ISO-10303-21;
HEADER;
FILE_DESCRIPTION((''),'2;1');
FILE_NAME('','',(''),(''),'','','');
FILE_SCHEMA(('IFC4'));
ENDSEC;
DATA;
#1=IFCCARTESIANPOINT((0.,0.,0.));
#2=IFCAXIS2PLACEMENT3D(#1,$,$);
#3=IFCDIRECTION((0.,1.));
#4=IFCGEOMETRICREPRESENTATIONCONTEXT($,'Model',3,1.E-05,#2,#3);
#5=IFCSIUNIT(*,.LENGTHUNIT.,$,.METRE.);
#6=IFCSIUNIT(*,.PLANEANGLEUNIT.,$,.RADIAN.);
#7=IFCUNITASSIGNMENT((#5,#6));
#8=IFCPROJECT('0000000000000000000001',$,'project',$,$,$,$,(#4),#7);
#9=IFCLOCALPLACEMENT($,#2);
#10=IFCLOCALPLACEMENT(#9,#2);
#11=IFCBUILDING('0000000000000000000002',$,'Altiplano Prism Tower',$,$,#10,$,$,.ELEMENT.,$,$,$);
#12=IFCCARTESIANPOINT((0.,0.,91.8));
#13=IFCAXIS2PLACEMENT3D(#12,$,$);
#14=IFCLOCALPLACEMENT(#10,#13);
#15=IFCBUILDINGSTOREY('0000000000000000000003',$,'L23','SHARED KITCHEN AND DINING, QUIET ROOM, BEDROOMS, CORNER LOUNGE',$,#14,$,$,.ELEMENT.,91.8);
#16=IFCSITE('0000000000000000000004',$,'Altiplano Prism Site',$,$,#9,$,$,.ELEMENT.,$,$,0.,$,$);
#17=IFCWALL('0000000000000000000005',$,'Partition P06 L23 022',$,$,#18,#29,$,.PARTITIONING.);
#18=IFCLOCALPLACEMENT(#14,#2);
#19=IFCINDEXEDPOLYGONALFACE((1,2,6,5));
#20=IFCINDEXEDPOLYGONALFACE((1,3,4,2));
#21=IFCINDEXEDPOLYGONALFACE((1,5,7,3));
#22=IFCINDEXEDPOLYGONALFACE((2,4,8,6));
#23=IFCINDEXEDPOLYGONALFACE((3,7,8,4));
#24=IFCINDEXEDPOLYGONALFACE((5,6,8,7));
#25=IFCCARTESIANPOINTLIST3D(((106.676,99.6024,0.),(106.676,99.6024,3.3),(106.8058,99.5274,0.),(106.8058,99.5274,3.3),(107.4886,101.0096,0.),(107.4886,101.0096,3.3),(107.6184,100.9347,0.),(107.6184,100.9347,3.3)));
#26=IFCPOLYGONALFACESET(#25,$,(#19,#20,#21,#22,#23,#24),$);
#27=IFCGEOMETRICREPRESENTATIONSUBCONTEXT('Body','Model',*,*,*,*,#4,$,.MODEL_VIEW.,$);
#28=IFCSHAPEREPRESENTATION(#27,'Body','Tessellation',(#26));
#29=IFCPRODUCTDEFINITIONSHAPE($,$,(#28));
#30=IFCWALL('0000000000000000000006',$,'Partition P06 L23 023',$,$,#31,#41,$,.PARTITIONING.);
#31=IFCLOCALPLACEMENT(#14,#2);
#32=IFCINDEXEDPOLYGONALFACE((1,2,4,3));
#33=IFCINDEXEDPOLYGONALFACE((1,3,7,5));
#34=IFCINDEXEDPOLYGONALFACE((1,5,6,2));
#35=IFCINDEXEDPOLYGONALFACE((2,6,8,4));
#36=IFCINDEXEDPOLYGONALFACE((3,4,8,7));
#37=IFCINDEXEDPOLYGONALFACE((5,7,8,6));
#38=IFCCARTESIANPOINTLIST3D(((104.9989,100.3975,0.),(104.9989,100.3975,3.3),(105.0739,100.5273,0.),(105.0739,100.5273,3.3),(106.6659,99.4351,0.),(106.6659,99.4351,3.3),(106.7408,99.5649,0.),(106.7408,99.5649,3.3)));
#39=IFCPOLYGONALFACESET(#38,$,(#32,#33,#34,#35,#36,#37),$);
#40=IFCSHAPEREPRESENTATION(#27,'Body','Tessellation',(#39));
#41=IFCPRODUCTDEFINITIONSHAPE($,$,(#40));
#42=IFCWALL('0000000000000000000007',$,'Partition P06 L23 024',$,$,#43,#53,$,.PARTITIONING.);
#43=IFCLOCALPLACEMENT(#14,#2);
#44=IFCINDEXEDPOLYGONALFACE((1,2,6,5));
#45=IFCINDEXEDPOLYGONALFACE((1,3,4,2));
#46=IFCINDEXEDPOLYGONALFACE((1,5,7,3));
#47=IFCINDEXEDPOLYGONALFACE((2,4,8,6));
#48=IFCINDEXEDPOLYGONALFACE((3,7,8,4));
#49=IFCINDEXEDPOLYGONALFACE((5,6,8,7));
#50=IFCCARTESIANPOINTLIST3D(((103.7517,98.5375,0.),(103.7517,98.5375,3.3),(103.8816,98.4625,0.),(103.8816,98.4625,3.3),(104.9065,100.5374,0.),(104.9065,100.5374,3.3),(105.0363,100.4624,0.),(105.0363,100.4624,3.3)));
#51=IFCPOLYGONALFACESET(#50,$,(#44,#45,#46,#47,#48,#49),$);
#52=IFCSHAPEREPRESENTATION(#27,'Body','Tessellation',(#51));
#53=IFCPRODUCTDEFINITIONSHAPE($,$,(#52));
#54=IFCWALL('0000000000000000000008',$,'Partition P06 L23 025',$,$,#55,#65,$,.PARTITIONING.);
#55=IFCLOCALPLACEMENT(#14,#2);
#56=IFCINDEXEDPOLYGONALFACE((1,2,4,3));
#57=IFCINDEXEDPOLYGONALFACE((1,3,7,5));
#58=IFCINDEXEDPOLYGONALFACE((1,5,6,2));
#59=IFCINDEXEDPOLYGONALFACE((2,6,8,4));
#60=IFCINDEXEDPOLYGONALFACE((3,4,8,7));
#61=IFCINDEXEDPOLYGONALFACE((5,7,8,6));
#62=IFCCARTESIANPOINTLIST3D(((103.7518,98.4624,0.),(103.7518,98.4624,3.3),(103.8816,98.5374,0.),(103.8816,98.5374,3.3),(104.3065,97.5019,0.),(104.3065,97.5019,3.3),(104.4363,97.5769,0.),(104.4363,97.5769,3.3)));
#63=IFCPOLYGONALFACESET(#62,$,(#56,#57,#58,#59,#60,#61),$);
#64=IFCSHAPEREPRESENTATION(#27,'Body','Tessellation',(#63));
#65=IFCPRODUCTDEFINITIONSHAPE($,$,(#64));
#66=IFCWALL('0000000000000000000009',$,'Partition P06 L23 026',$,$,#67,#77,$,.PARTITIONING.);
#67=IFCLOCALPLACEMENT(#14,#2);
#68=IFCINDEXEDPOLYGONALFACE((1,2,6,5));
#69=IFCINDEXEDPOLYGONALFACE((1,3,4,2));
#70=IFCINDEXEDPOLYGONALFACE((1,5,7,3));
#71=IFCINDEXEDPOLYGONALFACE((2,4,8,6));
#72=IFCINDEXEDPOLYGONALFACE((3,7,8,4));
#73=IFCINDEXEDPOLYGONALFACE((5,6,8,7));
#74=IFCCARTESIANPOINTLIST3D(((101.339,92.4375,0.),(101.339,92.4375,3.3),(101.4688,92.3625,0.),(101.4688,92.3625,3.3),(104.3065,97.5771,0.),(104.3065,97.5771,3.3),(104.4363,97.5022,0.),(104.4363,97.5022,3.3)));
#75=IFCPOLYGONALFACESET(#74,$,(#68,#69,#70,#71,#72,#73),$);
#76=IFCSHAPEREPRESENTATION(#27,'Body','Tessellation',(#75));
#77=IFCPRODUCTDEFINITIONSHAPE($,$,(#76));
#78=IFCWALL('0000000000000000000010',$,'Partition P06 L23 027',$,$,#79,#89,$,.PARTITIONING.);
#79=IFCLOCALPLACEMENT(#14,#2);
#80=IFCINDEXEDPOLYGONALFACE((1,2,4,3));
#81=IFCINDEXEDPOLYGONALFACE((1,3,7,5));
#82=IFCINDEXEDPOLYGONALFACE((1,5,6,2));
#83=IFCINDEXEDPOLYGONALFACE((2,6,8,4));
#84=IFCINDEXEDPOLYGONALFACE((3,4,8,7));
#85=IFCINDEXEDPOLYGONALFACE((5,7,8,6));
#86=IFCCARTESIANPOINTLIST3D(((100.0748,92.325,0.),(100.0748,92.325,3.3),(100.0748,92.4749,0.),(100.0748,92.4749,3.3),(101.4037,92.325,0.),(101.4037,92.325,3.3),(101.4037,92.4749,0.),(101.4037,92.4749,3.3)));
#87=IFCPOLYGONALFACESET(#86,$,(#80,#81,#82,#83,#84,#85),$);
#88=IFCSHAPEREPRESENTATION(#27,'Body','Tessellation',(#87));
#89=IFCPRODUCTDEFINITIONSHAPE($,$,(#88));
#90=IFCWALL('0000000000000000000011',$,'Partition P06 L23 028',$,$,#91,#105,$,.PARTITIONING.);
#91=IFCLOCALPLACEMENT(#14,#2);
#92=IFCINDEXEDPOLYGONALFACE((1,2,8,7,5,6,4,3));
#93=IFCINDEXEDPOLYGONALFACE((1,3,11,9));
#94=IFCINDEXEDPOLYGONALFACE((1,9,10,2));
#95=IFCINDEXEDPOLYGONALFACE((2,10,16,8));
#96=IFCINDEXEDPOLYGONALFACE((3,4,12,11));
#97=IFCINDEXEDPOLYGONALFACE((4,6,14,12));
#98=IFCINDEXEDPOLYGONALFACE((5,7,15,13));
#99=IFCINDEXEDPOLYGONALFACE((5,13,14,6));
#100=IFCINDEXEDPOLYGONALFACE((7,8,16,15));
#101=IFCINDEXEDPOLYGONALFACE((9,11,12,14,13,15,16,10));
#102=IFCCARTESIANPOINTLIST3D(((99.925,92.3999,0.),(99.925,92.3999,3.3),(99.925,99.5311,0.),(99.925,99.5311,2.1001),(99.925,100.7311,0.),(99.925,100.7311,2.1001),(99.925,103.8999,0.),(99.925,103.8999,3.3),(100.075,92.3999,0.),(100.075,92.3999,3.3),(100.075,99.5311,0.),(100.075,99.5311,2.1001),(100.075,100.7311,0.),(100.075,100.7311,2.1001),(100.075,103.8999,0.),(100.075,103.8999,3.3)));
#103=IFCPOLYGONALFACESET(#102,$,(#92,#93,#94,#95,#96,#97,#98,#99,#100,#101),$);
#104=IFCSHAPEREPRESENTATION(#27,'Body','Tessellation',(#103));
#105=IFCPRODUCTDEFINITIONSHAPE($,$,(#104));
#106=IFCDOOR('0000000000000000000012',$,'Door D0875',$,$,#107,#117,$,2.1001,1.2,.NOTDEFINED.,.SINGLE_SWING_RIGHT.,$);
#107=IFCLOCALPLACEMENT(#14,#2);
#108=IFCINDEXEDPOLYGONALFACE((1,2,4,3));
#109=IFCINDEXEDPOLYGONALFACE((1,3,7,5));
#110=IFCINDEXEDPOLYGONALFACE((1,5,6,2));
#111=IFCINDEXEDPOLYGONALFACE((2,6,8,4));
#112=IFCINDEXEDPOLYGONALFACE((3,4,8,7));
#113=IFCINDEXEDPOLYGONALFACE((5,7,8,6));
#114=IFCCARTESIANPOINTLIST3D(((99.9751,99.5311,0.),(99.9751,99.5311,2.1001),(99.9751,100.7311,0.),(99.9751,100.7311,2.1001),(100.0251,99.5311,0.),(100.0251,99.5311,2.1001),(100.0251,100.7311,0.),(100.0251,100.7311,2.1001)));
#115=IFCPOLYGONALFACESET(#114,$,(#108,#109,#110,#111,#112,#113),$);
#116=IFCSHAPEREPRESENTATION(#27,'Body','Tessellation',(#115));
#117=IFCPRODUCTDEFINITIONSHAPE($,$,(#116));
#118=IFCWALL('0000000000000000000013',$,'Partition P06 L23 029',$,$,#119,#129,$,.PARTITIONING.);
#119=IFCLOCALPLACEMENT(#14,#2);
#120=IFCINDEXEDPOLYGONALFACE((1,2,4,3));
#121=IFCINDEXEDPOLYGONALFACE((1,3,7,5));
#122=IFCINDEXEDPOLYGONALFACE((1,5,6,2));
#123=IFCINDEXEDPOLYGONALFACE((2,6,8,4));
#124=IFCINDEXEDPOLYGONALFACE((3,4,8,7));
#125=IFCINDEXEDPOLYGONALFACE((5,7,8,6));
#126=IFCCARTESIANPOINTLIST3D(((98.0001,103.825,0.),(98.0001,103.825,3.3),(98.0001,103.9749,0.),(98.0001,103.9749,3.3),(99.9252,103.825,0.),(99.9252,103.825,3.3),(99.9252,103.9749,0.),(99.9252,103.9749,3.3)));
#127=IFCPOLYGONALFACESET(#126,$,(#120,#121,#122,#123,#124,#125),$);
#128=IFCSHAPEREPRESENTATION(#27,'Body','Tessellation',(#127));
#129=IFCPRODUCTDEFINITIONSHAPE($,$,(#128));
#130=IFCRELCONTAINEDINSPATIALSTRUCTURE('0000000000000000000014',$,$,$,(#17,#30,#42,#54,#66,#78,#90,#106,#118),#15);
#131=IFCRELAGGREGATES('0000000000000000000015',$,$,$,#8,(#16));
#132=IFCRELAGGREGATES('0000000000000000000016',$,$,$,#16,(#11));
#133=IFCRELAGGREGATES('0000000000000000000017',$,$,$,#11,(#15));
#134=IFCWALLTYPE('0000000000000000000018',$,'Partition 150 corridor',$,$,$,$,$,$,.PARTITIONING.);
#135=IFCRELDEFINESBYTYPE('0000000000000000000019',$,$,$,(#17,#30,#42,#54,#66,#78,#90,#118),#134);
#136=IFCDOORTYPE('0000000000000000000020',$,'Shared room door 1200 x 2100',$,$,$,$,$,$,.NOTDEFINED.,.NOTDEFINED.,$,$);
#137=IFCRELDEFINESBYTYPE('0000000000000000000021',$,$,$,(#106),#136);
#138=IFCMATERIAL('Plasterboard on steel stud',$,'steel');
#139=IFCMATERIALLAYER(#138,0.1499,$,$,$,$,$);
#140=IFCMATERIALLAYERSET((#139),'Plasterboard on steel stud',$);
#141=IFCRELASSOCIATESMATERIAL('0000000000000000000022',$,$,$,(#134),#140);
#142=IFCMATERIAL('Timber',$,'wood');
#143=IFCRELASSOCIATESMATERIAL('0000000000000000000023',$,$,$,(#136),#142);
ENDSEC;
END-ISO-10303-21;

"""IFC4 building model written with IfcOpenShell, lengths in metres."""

from ifc_helpers import new_model, si_unit, direction, frame, frame_2d, origin, place, context, subcontext, project, spatial, rectangle, extrude, material, layer, layer_set, type_object, element, fill, save


model = new_model("IFC4")

# Units and contexts
model_context = context("Model", 3, precision=1e-05, world=origin(), true_north=direction((0.0, 1.0)))
body_context = subcontext(model_context, "Body", "Model", "MODEL_VIEW")
ifc_project = project(units=[si_unit("LENGTHUNIT", "METRE"), si_unit("PLANEANGLEUNIT", "RADIAN")], contexts=[model_context])

# Site, building, storey
site_placement = place(None, origin())
site = spatial("IfcSite", under=ifc_project, at=site_placement, Name="Altiplano Prism Site", CompositionType="ELEMENT", RefElevation=0.0)
building_placement = place(site_placement, origin())
building = spatial("IfcBuilding", under=site, at=building_placement, Name="Altiplano Prism Tower", CompositionType="ELEMENT")
storey_placement = place(building_placement, frame((0.0, 0.0, 91.8)))
storey = spatial("IfcBuildingStorey", under=building, at=storey_placement, Name="L23", Description="SHARED KITCHEN AND DINING, QUIET ROOM, BEDROOMS, CORNER LOUNGE", CompositionType="ELEMENT", Elevation=91.8)

# Shared definitions
ifc_material_1 = material(Name="Plasterboard on steel stud", Category="steel")

# Shared definitions
ifc_layer_1 = layer(ifc_material_1, 0.1499)
ifc_layer_set_1 = layer_set([ifc_layer_1], Name="Plasterboard on steel stud")
wall_type_1 = type_object("IfcWallType", Name="Partition 150 corridor", PredefinedType="PARTITIONING", material=ifc_layer_set_1)
ifc_material_2 = material(Name="Timber", Category="wood")
door_type_1 = type_object("IfcDoorType", Name="Shared room door 1200 x 2100", OperationType="NOTDEFINED", PredefinedType="NOTDEFINED", material=ifc_material_2)

# Walls
wall_1_placement = place(storey_placement, frame((107.5535, 100.9722, 0.0), z_axis=(0.0, 0.0, 1.0), x_axis=(-0.500017, -0.866015, 0.0)))
element("IfcWall", 1, at=wall_1_placement, inside=storey, type_object=wall_type_1, Name="Partition P06 L23 022", PredefinedType="PARTITIONING", context=body_context, shape_type="SweptSolid", body=[
    extrude(rectangle(XDim=1.625, YDim=0.1499, at=frame_2d((0.8125, 0.0))), origin(), (0.0, 0.0, 1.0), 3.3),
])
wall_2_placement = place(storey_placement, frame((106.7034, 99.5, 0.0), z_axis=(0.0, 0.0, 1.0), x_axis=(-0.866034, 0.499986, 0.0)))
element("IfcWall", 2, at=wall_2_placement, inside=storey, type_object=wall_type_1, Name="Partition P06 L23 023", PredefinedType="PARTITIONING", context=body_context, shape_type="SweptSolid", body=[
    extrude(rectangle(XDim=1.9248, YDim=0.1499, at=frame_2d((0.9624, 0.0))), origin(), (0.0, 0.0, 1.0), 3.3),
])
wall_3_placement = place(storey_placement, frame((104.9714, 100.5, 0.0), z_axis=(0.0, 0.0, 1.0), x_axis=(-0.500027, -0.86601, 0.0)))
element("IfcWall", 3, at=wall_3_placement, inside=storey, type_object=wall_type_1, Name="Partition P06 L23 024", PredefinedType="PARTITIONING", context=body_context, shape_type="SweptSolid", body=[
    extrude(rectangle(XDim=2.3093, YDim=0.1499, at=frame_2d((1.1548, 0.0))), origin(), (0.0, 0.0, 1.0), 3.3),
])
wall_4_placement = place(storey_placement, frame((103.8167, 98.5, 0.0), z_axis=(0.0, 0.0, 1.0), x_axis=(0.500116, -0.865958, 0.0)))
element("IfcWall", 4, at=wall_4_placement, inside=storey, type_object=wall_type_1, Name="Partition P06 L23 025", PredefinedType="PARTITIONING", context=body_context, shape_type="SweptSolid", body=[
    extrude(rectangle(XDim=1.1091, YDim=0.1499, at=frame_2d((0.5547, 0.0))), origin(), (0.0, 0.0, 1.0), 3.3),
])
wall_5_placement = place(storey_placement, frame((104.3713, 97.5396, 0.0), z_axis=(0.0, 0.0, 1.0), x_axis=(-0.500019, -0.866014, 0.0)))
element("IfcWall", 5, at=wall_5_placement, inside=storey, type_object=wall_type_1, Name="Partition P06 L23 026", PredefinedType="PARTITIONING", context=body_context, shape_type="SweptSolid", body=[
    extrude(rectangle(XDim=5.9348, YDim=0.1499, at=frame_2d((2.9673, 0.0))), origin(), (0.0, 0.0, 1.0), 3.3),
])
wall_6_placement = place(storey_placement, frame((101.4038, 92.3999, 0.0), z_axis=(0.0, 0.0, 1.0), x_axis=(-1.0, 0.0, 0.0)))
element("IfcWall", 6, at=wall_6_placement, inside=storey, type_object=wall_type_1, Name="Partition P06 L23 027", PredefinedType="PARTITIONING", context=body_context, shape_type="SweptSolid", body=[
    extrude(rectangle(XDim=1.3289, YDim=0.1499, at=frame_2d((0.6646, 0.0))), origin(), (0.0, 0.0, 1.0), 3.3),
])

# Wall, opening, door
wall_7_placement = place(storey_placement, frame((100.0, 92.3999, 0.0), z_axis=(0.0, 0.0, 1.0), x_axis=(0.0, 1.0, 0.0)))
wall_7 = element("IfcWall", 7, at=wall_7_placement, inside=storey, type_object=wall_type_1, Name="Partition P06 L23 028", PredefinedType="PARTITIONING", context=body_context, shape_type="SweptSolid", body=[
    extrude(rectangle(XDim=11.5, YDim=0.1499, at=frame_2d((5.75, 0.0))), origin(), (0.0, 0.0, 1.0), 3.3),
])
opening_1_placement = place(wall_7_placement, frame((7.1311, 0.0, 0.0)))
opening_1 = element("IfcOpeningElement", 8, at=opening_1_placement, cuts=wall_7, PredefinedType="OPENING", context=body_context, shape_type="SweptSolid", body=[
    extrude(rectangle(XDim=1.2, YDim=2.1001, at=frame_2d((0.6001, 1.05))), frame((0.0, 0.0854, 0.0), z_axis=(0.0, -1.0, 0.0), x_axis=(1.0, 0.0, 0.0)), (0.0, 0.0, 1.0), 0.1709),
])
door_1_placement = place(opening_1_placement, origin())
door_1 = element("IfcDoor", 9, at=door_1_placement, inside=storey, type_object=door_type_1, Name="Door D0875", OperationType="SINGLE_SWING_RIGHT", OverallHeight=2.1001, OverallWidth=1.2, PredefinedType="NOTDEFINED", context=body_context, shape_type="SweptSolid", body=[
    extrude(rectangle(XDim=1.2, YDim=2.1001, at=frame_2d((0.6001, 1.05))), frame((0.0, 0.0249, 0.0), z_axis=(0.0, -1.0, 0.0), x_axis=(1.0, 0.0, 0.0)), (0.0, 0.0, 1.0), 0.05),
])
fill(opening_1, door_1)

# Wall
wall_8_placement = place(storey_placement, frame((99.925, 103.8999, 0.0), z_axis=(0.0, 0.0, 1.0), x_axis=(-1.0, 0.0, 0.0)))
element("IfcWall", 10, at=wall_8_placement, inside=storey, type_object=wall_type_1, Name="Partition P06 L23 029", PredefinedType="PARTITIONING", context=body_context, shape_type="SweptSolid", body=[
    extrude(rectangle(XDim=1.925, YDim=0.1499, at=frame_2d((0.9624, 0.0))), origin(), (0.0, 0.0, 1.0), 3.3),
])

save(model, "model.ifc")
